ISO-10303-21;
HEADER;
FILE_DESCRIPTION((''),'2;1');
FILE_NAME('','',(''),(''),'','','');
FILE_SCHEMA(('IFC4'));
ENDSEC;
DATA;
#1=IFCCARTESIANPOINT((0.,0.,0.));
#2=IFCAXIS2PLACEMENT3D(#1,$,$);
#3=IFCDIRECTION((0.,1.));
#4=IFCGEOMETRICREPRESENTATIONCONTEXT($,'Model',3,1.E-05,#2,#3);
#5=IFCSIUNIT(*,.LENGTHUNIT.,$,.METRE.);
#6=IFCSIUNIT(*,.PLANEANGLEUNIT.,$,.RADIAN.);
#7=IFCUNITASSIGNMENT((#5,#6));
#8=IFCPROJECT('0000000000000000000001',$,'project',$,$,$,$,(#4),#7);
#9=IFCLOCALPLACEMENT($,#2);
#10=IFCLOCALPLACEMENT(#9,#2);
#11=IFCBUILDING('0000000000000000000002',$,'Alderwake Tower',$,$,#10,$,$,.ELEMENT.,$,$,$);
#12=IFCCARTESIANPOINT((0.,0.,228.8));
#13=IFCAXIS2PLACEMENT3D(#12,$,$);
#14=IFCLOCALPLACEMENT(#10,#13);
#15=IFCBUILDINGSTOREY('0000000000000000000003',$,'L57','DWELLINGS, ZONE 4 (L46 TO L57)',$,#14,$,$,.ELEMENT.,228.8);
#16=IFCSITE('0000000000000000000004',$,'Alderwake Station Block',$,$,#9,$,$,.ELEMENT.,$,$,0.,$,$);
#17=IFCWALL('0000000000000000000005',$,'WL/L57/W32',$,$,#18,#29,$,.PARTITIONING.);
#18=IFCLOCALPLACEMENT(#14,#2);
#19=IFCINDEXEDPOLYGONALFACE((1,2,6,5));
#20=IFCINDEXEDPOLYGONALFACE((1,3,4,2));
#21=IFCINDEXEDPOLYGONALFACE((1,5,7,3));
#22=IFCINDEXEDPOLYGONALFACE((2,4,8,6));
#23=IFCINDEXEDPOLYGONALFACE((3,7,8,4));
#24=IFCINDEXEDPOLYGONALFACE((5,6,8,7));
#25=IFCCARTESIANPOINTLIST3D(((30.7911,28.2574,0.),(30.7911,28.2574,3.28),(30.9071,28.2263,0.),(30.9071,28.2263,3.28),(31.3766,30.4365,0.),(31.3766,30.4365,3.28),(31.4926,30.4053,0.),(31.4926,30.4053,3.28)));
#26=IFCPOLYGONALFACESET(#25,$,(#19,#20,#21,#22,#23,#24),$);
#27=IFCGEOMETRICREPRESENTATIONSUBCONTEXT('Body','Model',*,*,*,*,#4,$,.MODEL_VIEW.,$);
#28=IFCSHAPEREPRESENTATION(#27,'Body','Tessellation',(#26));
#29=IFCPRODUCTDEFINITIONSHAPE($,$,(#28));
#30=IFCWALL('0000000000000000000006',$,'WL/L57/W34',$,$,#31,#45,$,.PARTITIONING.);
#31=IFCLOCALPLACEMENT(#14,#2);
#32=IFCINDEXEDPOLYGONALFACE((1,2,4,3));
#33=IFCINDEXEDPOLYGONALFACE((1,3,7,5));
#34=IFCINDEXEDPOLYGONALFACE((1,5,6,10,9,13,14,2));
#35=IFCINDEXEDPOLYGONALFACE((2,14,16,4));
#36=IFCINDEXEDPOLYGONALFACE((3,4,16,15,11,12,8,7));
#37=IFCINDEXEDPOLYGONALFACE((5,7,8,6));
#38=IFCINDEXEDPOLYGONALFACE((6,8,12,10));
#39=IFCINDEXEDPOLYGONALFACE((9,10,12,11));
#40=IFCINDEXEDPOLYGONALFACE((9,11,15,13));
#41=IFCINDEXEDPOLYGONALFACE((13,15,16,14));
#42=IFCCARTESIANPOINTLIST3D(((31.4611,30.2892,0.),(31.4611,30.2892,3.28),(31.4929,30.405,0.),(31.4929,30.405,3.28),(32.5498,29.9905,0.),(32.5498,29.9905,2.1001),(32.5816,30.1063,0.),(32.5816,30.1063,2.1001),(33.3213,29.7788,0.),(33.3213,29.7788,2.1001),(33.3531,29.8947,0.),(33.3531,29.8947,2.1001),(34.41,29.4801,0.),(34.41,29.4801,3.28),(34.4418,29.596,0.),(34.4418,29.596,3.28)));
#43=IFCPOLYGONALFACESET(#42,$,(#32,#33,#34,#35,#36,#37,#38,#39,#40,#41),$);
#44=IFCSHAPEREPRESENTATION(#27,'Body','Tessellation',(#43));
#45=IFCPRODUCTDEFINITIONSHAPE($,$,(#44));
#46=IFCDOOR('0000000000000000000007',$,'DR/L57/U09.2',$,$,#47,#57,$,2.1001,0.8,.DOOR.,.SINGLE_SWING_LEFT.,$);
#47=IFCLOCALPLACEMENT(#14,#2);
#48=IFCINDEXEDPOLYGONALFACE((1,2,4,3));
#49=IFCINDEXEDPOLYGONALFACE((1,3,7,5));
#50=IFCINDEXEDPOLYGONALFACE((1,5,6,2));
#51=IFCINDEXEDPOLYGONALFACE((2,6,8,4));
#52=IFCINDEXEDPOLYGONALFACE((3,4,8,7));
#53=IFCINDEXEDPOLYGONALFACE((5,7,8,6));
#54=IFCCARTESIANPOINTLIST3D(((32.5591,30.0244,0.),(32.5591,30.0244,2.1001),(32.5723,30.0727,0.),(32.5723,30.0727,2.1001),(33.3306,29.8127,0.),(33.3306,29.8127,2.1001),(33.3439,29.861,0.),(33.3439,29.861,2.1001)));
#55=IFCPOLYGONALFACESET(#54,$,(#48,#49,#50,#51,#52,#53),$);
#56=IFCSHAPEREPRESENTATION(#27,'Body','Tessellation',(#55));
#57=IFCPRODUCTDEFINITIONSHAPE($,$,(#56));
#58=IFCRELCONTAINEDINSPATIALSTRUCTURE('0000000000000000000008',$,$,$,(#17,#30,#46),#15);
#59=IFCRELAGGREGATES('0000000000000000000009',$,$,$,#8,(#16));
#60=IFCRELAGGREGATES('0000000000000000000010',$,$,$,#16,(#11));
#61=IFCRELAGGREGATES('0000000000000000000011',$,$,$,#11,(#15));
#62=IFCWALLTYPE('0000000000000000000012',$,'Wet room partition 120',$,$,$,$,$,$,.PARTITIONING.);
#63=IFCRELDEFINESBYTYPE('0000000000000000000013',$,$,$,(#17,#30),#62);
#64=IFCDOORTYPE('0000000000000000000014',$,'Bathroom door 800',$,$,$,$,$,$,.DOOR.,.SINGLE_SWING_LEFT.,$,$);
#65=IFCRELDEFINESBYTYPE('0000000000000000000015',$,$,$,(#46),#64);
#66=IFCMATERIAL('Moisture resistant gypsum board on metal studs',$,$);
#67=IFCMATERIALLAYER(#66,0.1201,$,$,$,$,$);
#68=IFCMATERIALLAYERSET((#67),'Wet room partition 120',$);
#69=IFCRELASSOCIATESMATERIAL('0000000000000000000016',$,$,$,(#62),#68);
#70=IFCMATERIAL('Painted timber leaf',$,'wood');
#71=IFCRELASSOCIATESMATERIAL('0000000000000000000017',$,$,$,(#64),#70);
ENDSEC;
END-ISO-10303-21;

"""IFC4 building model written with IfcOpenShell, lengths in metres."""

from ifc_helpers import new_model, si_unit, direction, frame, frame_2d, origin, place, context, subcontext, project, spatial, rectangle, extrude, material, layer, layer_set, type_object, element, fill, save


model = new_model("IFC4")

# Units and contexts
model_context = context("Model", 3, precision=1e-05, world=origin(), true_north=direction((0.0, 1.0)))
body_context = subcontext(model_context, "Body", "Model", "MODEL_VIEW")
ifc_project = project(units=[si_unit("LENGTHUNIT", "METRE"), si_unit("PLANEANGLEUNIT", "RADIAN")], contexts=[model_context])

# Site, building, storey
site_placement = place(None, origin())
site = spatial("IfcSite", under=ifc_project, at=site_placement, Name="Alderwake Station Block", CompositionType="ELEMENT", RefElevation=0.0)
building_placement = place(site_placement, origin())
building = spatial("IfcBuilding", under=site, at=building_placement, Name="Alderwake Tower", CompositionType="ELEMENT")
storey_placement = place(building_placement, frame((0.0, 0.0, 228.8)))
storey = spatial("IfcBuildingStorey", under=building, at=storey_placement, Name="L57", Description="DWELLINGS, ZONE 4 (L46 TO L57)", CompositionType="ELEMENT", Elevation=228.8)

# Wall
ifc_material_1 = material(Name="Moisture resistant gypsum board on metal studs")
ifc_layer_1 = layer(ifc_material_1, 0.1201)
ifc_layer_set_1 = layer_set([ifc_layer_1], Name="Wet room partition 120")
wall_type_1 = type_object("IfcWallType", Name="Wet room partition 120", PredefinedType="PARTITIONING", material=ifc_layer_set_1)
wall_1_placement = place(storey_placement, frame((31.4346, 30.4209, 0.0), z_axis=(0.0, 0.0, 1.0), x_axis=(-0.259481, -0.965748, 0.0)))
element("IfcWall", 1, at=wall_1_placement, inside=storey, type_object=wall_type_1, Name="WL/L57/W32", PredefinedType="PARTITIONING", context=body_context, shape_type="SweptSolid", body=[
    extrude(rectangle(XDim=2.2563, YDim=0.1201, at=frame_2d((1.1282, 0.0))), origin(), (0.0, 0.0, 1.0), 3.28),
])

# Wall, opening, door
wall_2_placement = place(storey_placement, frame((34.4258, 29.5381, 0.0), z_axis=(0.0, 0.0, 1.0), x_axis=(-0.964363, 0.264583, 0.0)))
wall_2 = element("IfcWall", 2, at=wall_2_placement, inside=storey, type_object=wall_type_1, Name="WL/L57/W34", PredefinedType="PARTITIONING", context=body_context, shape_type="SweptSolid", body=[
    extrude(rectangle(XDim=3.0579, YDim=0.1201, at=frame_2d((1.5288, 0.0))), origin(), (0.0, 0.0, 1.0), 3.28),
])
opening_1_placement = place(wall_2_placement, frame((1.1289, 0.0, 0.0)))
opening_1 = element("IfcOpeningElement", 3, at=opening_1_placement, cuts=wall_2, PredefinedType="OPENING", context=body_context, shape_type="SweptSolid", body=[
    extrude(rectangle(XDim=0.8, YDim=2.1001, at=frame_2d((0.3999, 1.05))), frame((0.0, 0.0701, 0.0), z_axis=(0.0, -1.0, 0.0), x_axis=(1.0, 0.0, 0.0)), (0.0, 0.0, 1.0), 0.1401),
])
ifc_material_2 = material(Name="Painted timber leaf", Category="wood")
door_type_1 = type_object("IfcDoorType", Name="Bathroom door 800", OperationType="SINGLE_SWING_LEFT", PredefinedType="DOOR", material=ifc_material_2)
door_1_placement = place(opening_1_placement, origin())
door_1 = element("IfcDoor", 4, at=door_1_placement, inside=storey, type_object=door_type_1, Name="DR/L57/U09.2", OperationType="SINGLE_SWING_LEFT", OverallHeight=2.1001, OverallWidth=0.8, PredefinedType="DOOR", context=body_context, shape_type="SweptSolid", body=[
    extrude(rectangle(XDim=0.8, YDim=2.1001, at=frame_2d((0.3999, 1.05))), frame((0.0, 0.0249, 0.0), z_axis=(0.0, -1.0, 0.0), x_axis=(1.0, 0.0, 0.0)), (0.0, 0.0, 1.0), 0.05),
])
fill(opening_1, door_1)

save(model, "model.ifc")
